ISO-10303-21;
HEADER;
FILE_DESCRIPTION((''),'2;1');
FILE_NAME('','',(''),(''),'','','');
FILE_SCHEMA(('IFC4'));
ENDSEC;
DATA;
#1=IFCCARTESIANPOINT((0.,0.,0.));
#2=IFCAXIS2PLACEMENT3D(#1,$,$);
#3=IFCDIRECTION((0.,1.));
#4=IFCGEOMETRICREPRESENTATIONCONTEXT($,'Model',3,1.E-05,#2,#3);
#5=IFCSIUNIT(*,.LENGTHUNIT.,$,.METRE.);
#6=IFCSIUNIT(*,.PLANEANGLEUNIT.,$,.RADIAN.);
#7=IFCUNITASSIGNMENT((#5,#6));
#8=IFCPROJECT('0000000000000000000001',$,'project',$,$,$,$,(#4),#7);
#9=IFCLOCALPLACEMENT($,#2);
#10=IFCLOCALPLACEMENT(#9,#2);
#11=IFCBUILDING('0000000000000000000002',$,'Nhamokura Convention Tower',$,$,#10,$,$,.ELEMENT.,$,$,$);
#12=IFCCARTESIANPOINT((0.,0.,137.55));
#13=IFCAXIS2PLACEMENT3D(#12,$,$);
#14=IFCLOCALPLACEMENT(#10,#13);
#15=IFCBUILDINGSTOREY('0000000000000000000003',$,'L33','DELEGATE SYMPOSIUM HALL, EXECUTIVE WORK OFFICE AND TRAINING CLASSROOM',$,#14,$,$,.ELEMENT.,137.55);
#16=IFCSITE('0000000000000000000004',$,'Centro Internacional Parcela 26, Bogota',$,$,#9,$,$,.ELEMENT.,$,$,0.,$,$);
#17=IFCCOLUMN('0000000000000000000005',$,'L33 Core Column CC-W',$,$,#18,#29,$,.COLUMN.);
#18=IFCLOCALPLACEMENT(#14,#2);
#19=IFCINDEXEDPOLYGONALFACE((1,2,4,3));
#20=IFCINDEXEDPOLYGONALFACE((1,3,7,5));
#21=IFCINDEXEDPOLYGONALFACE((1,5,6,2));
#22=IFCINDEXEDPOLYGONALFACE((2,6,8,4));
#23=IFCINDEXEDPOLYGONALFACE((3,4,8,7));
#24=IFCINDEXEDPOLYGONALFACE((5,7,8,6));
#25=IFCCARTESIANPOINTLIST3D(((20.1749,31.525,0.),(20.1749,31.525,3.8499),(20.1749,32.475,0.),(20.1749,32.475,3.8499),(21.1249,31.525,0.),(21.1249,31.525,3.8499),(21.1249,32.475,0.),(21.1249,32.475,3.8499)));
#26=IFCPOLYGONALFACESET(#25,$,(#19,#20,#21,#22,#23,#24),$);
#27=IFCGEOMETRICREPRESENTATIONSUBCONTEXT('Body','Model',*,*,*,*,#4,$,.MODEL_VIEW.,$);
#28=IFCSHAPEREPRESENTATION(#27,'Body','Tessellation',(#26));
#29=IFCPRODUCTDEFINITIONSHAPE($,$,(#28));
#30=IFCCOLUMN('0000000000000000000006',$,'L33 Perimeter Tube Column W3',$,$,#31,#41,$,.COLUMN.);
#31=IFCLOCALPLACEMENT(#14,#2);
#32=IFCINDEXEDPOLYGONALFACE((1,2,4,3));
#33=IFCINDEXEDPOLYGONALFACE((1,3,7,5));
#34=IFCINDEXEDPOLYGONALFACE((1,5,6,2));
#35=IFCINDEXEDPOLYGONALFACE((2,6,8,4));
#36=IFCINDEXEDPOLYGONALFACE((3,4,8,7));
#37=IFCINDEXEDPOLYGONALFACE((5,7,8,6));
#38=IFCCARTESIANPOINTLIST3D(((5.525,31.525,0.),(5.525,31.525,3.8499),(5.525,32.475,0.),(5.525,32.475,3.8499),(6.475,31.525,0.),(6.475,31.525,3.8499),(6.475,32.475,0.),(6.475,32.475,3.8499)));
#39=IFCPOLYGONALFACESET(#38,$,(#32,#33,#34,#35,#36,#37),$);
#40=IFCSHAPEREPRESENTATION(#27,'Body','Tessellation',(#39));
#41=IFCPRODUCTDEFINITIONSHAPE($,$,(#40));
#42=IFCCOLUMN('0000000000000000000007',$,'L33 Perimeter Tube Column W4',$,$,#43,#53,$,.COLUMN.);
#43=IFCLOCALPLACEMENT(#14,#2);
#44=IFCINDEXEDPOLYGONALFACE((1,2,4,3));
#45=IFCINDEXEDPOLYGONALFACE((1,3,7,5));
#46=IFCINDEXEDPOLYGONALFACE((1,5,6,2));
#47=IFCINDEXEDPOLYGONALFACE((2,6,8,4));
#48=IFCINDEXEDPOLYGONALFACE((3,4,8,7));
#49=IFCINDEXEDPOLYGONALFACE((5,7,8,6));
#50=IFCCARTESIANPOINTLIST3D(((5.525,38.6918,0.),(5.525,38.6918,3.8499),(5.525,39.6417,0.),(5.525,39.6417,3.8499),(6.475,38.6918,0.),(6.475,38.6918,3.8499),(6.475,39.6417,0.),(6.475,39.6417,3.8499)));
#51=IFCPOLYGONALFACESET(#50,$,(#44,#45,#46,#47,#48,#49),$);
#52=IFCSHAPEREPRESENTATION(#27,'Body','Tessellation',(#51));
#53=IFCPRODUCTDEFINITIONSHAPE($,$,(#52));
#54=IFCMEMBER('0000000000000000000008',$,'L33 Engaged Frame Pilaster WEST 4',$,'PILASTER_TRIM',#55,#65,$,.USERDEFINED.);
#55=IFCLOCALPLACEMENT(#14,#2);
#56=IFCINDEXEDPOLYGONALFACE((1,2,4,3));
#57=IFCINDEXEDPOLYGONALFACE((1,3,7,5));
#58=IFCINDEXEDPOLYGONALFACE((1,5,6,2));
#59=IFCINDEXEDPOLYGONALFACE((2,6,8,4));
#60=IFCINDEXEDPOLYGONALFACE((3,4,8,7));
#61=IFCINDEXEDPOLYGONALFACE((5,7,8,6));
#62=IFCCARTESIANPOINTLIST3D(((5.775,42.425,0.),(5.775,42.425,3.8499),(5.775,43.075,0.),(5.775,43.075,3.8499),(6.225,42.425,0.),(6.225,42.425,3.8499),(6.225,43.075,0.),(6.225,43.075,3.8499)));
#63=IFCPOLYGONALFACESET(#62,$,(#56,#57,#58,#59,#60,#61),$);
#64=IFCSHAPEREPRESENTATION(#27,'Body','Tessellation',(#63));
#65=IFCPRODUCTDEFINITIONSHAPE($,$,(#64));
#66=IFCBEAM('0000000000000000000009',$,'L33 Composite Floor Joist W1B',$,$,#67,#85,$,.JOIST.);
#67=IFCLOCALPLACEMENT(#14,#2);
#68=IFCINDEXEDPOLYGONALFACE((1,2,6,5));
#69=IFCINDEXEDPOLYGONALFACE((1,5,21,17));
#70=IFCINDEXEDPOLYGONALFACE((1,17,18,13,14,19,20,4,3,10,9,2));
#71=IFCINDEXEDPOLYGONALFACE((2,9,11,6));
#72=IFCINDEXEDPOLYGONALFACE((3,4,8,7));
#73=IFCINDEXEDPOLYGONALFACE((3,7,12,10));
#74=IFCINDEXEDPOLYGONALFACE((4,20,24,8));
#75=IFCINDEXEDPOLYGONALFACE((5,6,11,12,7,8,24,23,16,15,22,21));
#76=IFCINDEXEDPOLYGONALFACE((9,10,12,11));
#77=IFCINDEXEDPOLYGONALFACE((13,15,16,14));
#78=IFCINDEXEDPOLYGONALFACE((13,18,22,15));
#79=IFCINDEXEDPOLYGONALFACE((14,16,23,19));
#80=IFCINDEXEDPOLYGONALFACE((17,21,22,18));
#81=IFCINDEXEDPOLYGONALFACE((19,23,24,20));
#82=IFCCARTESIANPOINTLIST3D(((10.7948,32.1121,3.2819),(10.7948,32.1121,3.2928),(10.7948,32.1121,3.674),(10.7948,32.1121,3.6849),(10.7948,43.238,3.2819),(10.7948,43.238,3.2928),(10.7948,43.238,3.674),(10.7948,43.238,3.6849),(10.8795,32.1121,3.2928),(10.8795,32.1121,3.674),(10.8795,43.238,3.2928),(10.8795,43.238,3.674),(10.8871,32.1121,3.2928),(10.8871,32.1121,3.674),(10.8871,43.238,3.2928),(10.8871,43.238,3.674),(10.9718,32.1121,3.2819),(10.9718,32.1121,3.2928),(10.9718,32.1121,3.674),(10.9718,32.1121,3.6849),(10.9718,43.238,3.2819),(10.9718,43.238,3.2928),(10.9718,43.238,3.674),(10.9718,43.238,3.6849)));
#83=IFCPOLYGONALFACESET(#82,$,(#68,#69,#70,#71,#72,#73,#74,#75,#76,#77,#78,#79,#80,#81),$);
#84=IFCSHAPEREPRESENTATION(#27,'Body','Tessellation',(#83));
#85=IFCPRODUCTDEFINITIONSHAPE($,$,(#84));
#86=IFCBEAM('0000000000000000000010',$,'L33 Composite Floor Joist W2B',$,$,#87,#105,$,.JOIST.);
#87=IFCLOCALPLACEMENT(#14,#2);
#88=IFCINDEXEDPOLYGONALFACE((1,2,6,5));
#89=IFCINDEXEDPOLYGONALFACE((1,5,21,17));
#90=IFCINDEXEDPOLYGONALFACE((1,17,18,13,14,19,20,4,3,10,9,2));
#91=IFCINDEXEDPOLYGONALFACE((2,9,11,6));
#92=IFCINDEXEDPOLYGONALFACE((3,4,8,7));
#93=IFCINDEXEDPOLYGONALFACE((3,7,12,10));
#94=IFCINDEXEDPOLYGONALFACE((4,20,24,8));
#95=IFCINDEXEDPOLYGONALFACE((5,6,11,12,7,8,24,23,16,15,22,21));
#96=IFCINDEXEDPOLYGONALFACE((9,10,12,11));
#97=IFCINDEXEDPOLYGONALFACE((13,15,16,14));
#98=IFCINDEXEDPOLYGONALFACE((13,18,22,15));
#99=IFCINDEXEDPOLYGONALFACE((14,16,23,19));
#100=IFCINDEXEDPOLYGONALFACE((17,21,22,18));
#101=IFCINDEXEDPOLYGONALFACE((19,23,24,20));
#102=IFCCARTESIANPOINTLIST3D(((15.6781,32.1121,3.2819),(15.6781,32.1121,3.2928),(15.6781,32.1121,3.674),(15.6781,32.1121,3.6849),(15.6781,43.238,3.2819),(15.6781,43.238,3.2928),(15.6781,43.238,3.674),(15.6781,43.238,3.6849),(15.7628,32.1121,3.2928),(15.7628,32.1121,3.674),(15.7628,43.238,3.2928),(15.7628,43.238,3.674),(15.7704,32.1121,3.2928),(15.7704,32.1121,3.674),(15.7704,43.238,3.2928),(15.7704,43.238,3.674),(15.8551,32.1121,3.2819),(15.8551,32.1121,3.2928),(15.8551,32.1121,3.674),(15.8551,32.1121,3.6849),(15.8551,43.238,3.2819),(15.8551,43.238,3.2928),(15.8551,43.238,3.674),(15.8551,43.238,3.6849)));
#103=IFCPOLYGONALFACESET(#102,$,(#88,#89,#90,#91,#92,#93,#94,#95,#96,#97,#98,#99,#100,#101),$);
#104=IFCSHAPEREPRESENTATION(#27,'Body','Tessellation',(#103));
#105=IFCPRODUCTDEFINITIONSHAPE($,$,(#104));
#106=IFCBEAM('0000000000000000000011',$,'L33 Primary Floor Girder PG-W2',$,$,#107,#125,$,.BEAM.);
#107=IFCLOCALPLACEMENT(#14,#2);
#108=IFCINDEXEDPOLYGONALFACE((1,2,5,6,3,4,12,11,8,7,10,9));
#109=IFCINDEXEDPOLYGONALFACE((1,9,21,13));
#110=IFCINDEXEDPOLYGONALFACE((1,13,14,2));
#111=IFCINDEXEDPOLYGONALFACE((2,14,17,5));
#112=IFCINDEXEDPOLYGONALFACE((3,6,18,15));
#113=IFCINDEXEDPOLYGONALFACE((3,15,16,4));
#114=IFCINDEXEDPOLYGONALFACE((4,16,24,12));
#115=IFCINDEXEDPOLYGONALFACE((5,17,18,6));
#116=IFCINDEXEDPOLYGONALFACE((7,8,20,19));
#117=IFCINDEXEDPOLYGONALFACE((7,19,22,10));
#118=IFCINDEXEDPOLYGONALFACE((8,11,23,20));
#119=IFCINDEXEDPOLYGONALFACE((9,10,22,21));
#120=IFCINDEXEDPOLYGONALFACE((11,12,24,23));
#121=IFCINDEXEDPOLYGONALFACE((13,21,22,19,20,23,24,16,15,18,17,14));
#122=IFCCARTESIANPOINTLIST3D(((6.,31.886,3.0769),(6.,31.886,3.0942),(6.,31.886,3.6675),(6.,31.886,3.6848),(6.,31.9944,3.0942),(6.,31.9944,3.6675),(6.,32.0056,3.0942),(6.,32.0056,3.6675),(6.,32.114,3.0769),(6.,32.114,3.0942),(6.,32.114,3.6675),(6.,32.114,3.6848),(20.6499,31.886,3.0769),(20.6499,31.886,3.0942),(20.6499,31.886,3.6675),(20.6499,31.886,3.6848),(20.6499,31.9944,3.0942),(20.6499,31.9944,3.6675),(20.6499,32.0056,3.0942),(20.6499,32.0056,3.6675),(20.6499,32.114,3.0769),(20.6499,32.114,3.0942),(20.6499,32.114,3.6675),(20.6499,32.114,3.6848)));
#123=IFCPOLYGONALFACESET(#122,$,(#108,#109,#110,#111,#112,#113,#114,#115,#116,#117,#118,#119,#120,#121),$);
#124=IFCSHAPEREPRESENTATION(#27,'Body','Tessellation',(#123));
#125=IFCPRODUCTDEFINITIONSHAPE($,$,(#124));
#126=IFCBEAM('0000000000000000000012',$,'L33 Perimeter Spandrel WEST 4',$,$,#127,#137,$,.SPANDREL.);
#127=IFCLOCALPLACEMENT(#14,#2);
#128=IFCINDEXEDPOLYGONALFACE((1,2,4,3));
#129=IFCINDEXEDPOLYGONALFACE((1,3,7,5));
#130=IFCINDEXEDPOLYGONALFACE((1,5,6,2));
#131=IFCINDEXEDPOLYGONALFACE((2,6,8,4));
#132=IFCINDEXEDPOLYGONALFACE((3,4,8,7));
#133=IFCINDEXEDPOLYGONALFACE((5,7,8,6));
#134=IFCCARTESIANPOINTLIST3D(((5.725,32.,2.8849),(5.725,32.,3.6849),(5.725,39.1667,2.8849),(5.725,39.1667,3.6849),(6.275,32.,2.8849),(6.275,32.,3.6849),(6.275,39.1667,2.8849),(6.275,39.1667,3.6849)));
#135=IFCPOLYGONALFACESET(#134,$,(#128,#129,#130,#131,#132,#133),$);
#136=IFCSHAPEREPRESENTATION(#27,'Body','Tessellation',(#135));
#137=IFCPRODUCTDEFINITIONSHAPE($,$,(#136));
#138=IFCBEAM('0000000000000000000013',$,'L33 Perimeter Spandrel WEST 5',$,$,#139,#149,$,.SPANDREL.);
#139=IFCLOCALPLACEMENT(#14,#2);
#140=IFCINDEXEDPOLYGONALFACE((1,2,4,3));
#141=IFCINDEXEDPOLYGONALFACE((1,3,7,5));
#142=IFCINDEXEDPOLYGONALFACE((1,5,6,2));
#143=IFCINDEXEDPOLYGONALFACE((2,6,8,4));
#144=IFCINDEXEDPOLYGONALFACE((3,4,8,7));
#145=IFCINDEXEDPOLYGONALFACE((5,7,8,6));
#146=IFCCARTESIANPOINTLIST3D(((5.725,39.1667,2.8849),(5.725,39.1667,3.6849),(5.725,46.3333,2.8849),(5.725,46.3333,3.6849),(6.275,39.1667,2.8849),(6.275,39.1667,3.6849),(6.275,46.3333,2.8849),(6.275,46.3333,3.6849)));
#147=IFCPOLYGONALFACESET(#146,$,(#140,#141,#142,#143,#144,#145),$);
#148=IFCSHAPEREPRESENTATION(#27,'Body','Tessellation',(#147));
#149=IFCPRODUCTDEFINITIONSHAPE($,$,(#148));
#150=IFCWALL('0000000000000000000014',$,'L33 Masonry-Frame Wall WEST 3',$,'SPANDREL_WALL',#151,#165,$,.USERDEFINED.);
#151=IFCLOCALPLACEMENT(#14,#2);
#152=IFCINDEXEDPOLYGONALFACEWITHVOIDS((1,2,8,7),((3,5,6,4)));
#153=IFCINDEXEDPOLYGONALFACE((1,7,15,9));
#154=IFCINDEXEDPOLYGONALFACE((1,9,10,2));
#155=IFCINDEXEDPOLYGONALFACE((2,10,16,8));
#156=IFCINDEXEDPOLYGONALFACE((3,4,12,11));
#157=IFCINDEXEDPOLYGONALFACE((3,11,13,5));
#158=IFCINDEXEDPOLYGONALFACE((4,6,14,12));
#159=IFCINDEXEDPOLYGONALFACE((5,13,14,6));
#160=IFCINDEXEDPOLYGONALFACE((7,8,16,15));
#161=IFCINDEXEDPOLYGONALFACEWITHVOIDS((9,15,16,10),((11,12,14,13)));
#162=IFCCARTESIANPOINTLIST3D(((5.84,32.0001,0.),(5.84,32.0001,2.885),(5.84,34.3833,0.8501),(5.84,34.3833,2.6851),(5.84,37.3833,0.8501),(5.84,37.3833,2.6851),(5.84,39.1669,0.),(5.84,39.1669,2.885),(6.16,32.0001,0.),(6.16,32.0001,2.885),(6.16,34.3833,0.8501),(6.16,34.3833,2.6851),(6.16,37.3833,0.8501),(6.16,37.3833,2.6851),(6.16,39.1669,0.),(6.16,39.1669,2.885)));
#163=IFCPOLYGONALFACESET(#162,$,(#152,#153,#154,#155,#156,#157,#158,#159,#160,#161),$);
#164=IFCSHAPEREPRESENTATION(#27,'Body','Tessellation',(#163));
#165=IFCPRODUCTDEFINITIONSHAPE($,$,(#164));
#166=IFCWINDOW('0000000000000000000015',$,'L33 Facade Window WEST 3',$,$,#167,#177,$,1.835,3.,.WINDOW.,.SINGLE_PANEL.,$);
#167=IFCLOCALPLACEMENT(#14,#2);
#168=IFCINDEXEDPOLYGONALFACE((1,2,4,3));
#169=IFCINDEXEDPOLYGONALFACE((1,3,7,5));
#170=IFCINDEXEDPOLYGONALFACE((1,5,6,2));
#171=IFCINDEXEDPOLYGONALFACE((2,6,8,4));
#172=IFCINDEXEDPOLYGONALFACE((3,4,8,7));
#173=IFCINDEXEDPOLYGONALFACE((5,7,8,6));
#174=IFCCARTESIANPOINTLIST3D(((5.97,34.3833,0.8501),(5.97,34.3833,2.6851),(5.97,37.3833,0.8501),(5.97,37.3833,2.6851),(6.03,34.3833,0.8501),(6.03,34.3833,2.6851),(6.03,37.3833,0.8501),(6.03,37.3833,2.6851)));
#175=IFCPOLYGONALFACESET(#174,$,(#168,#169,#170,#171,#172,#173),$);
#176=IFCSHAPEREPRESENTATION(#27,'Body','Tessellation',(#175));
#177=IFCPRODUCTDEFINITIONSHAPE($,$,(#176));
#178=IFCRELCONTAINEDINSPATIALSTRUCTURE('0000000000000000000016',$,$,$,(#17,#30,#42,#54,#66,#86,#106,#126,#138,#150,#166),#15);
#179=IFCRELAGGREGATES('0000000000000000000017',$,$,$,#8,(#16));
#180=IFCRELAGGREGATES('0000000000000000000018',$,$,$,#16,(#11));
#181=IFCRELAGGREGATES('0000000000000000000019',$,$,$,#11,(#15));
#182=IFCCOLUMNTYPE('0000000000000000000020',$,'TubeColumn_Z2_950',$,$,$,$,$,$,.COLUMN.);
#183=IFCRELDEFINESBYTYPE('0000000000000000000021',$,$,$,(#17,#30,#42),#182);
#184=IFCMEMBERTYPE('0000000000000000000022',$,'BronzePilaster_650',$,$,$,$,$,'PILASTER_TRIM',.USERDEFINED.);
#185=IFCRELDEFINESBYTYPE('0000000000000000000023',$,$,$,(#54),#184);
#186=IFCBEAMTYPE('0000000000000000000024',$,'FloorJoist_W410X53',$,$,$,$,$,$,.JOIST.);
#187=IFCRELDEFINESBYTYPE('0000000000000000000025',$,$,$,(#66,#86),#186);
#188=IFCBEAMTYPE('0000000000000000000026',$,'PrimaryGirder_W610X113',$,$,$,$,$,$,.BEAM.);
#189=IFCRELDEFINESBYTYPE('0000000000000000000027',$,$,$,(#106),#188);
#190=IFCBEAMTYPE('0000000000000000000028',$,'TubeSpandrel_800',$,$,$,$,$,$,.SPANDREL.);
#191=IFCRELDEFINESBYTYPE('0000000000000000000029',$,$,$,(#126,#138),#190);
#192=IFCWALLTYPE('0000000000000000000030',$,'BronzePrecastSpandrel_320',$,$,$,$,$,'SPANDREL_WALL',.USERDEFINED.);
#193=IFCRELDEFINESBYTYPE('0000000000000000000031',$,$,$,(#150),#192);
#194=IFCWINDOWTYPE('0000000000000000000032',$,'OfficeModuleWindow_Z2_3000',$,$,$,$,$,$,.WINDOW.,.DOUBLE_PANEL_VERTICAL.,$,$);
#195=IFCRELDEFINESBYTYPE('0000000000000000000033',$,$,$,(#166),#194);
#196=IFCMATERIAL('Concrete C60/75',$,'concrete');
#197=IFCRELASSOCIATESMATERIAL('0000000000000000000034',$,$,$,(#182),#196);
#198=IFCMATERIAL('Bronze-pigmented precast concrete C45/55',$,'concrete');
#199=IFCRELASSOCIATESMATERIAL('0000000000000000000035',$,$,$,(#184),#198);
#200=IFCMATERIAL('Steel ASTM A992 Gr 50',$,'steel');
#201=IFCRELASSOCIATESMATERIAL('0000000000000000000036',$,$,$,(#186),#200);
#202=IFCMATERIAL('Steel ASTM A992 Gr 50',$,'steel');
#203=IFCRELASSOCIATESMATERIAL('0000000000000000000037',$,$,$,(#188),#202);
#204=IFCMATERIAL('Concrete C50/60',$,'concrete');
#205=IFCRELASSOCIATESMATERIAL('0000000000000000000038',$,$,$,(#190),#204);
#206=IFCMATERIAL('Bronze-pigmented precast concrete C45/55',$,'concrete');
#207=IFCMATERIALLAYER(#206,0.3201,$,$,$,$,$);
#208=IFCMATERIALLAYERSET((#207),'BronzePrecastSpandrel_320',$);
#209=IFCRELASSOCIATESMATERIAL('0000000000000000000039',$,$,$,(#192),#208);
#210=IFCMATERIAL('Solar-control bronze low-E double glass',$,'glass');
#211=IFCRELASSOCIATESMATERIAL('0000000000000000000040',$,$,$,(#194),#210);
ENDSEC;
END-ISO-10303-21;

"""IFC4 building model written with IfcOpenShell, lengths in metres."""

from ifc_helpers import new_model, si_unit, direction, frame, frame_2d, origin, origin_2d, place, context, subcontext, project, spatial, rectangle, i_section, extrude, material, layer, layer_set, material_profile, profile_set, type_object, element, fill, save


model = new_model("IFC4")

# Units and contexts
model_context = context("Model", 3, precision=1e-05, world=origin(), true_north=direction((0.0, 1.0)))
body_context = subcontext(model_context, "Body", "Model", "MODEL_VIEW")
ifc_project = project(units=[si_unit("LENGTHUNIT", "METRE"), si_unit("PLANEANGLEUNIT", "RADIAN")], contexts=[model_context])

# Site, building, storey
site_placement = place(None, origin())
site = spatial("IfcSite", under=ifc_project, at=site_placement, Name="Centro Internacional Parcela 26, Bogota", CompositionType="ELEMENT", RefElevation=0.0)
building_placement = place(site_placement, origin())
building = spatial("IfcBuilding", under=site, at=building_placement, Name="Nhamokura Convention Tower", CompositionType="ELEMENT")
storey_placement = place(building_placement, frame((0.0, 0.0, 137.55)))
storey = spatial("IfcBuildingStorey", under=building, at=storey_placement, Name="L33", Description="DELEGATE SYMPOSIUM HALL, EXECUTIVE WORK OFFICE AND TRAINING CLASSROOM", CompositionType="ELEMENT", Elevation=137.55)

# Columns
ifc_material_1 = material(Name="Concrete C60/75", Category="concrete")
ifc_material_profile_1 = material_profile(ifc_material_1, rectangle(XDim=0.95, YDim=0.95, at=origin_2d()))
ifc_profile_set_1 = profile_set([ifc_material_profile_1], Name="Concrete C60/75")
column_type = type_object("IfcColumnType", Name="TubeColumn_Z2_950", PredefinedType="COLUMN", material=ifc_profile_set_1)
for number, where, z_axis, x_axis, name in (
    (1, (20.6499, 32.0, 0.0), (0.0, 0.0, 1.0), (1.0, 0.0, 0.0), "L33 Core Column CC-W"),
    (2, (6.0, 32.0, 0.0), (0.0, 0.0, 1.0), (1.0, 0.0, 0.0), "L33 Perimeter Tube Column W3"),
    (3, (6.0, 39.1667, 0.0), (0.0, 0.0, 1.0), (1.0, 0.0, 0.0), "L33 Perimeter Tube Column W4"),
):
    element("IfcColumn", number, at=place(storey_placement, frame(where, z_axis=z_axis, x_axis=x_axis)), inside=storey, type_object=column_type, Name=name, PredefinedType="COLUMN", context=body_context, shape_type="SweptSolid", body=[
        extrude(rectangle(XDim=0.95, YDim=0.95, at=origin_2d()), origin(), (0.0, 0.0, 1.0), 3.8499),
    ])

# Member
ifc_material_2 = material(Name="Bronze-pigmented precast concrete C45/55", Category="concrete")
ifc_material_profile_2 = material_profile(ifc_material_2, rectangle(XDim=0.45, YDim=0.6499, at=origin_2d()))
ifc_profile_set_2 = profile_set([ifc_material_profile_2], Name="Bronze-pigmented precast concrete C45/55")
member_type = type_object("IfcMemberType", Name="BronzePilaster_650", ElementType="PILASTER_TRIM", PredefinedType="USERDEFINED", material=ifc_profile_set_2)
member_placement = place(storey_placement, frame((6.0, 42.75, 0.0), z_axis=(0.0, 0.0, 1.0), x_axis=(1.0, 0.0, 0.0)))
element("IfcMember", 4, at=member_placement, inside=storey, type_object=member_type, Name="L33 Engaged Frame Pilaster WEST 4", ObjectType="PILASTER_TRIM", PredefinedType="USERDEFINED", context=body_context, shape_type="SweptSolid", body=[
    extrude(rectangle(XDim=0.45, YDim=0.6499, at=origin_2d()), origin(), (0.0, 0.0, 1.0), 3.8499),
])

# Beams
ifc_material_3 = material(Name="Steel ASTM A992 Gr 50", Category="steel")
ifc_material_profile_3 = material_profile(ifc_material_3, i_section(OverallWidth=0.177, OverallDepth=0.4031, WebThickness=0.0076, FlangeThickness=0.011, at=origin_2d()))
ifc_profile_set_3 = profile_set([ifc_material_profile_3], Name="Steel ASTM A992 Gr 50")
beam_type_1 = type_object("IfcBeamType", Name="FloorJoist_W410X53", PredefinedType="JOIST", material=ifc_profile_set_3)
for number, where, z_axis, x_axis, name in (
    (5, (10.8833, 32.1121, 3.4834), (0.0, 1.0, 0.0), (-1.0, 0.0, 0.0), "L33 Composite Floor Joist W1B"),
    (6, (15.7666, 32.1121, 3.4834), (0.0, 1.0, 0.0), (-1.0, 0.0, 0.0), "L33 Composite Floor Joist W2B"),
):
    element("IfcBeam", number, at=place(storey_placement, frame(where, z_axis=z_axis, x_axis=x_axis)), inside=storey, type_object=beam_type_1, Name=name, PredefinedType="JOIST", context=body_context, shape_type="SweptSolid", body=[
        extrude(i_section(OverallWidth=0.177, OverallDepth=0.4031, WebThickness=0.0076, FlangeThickness=0.011, at=origin_2d()), origin(), (0.0, 0.0, 1.0), 11.126),
    ])
ifc_material_4 = material(Name="Steel ASTM A992 Gr 50", Category="steel")
ifc_material_profile_4 = material_profile(ifc_material_4, i_section(OverallWidth=0.228, OverallDepth=0.6079, WebThickness=0.0112, FlangeThickness=0.0173, at=origin_2d()))
ifc_profile_set_4 = profile_set([ifc_material_profile_4], Name="Steel ASTM A992 Gr 50")
beam_type_2 = type_object("IfcBeamType", Name="PrimaryGirder_W610X113", PredefinedType="BEAM", material=ifc_profile_set_4)
beam_1_placement = place(storey_placement, frame((6.0, 32.0, 3.3809), z_axis=(1.0, 0.0, 0.0), x_axis=(0.0, 1.0, 0.0)))
element("IfcBeam", 7, at=beam_1_placement, inside=storey, type_object=beam_type_2, Name="L33 Primary Floor Girder PG-W2", PredefinedType="BEAM", context=body_context, shape_type="SweptSolid", body=[
    extrude(i_section(OverallWidth=0.228, OverallDepth=0.6079, WebThickness=0.0112, FlangeThickness=0.0173, at=origin_2d()), origin(), (0.0, 0.0, 1.0), 14.6499),
])
ifc_material_5 = material(Name="Concrete C50/60", Category="concrete")
ifc_material_profile_5 = material_profile(ifc_material_5, rectangle(XDim=0.55, YDim=0.8, at=origin_2d()))
ifc_profile_set_5 = profile_set([ifc_material_profile_5], Name="Concrete C50/60")
beam_type_3 = type_object("IfcBeamType", Name="TubeSpandrel_800", PredefinedType="SPANDREL", material=ifc_profile_set_5)
beam_2_placement = place(storey_placement, frame((6.0, 32.0, 3.2849), z_axis=(0.0, 1.0, 0.0), x_axis=(-1.0, 0.0, 0.0)))
element("IfcBeam", 8, at=beam_2_placement, inside=storey, type_object=beam_type_3, Name="L33 Perimeter Spandrel WEST 4", PredefinedType="SPANDREL", context=body_context, shape_type="SweptSolid", body=[
    extrude(rectangle(XDim=0.55, YDim=0.8, at=origin_2d()), origin(), (0.0, 0.0, 1.0), 7.1667),
])
beam_3_placement = place(storey_placement, frame((6.0, 39.1667, 3.2849), z_axis=(0.0, 1.0, 0.0), x_axis=(-1.0, 0.0, 0.0)))
element("IfcBeam", 9, at=beam_3_placement, inside=storey, type_object=beam_type_3, Name="L33 Perimeter Spandrel WEST 5", PredefinedType="SPANDREL", context=body_context, shape_type="SweptSolid", body=[
    extrude(rectangle(XDim=0.55, YDim=0.8, at=origin_2d()), origin(), (0.0, 0.0, 1.0), 7.1665),
])

# Wall, opening, window
ifc_material_6 = material(Name="Bronze-pigmented precast concrete C45/55", Category="concrete")
ifc_layer_1 = layer(ifc_material_6, 0.3201)
ifc_layer_set_1 = layer_set([ifc_layer_1], Name="BronzePrecastSpandrel_320")
wall_type_1 = type_object("IfcWallType", Name="BronzePrecastSpandrel_320", ElementType="SPANDREL_WALL", PredefinedType="USERDEFINED", material=ifc_layer_set_1)
wall_1_placement = place(storey_placement, frame((6.0, 32.0, 0.0), z_axis=(0.0, 0.0, 1.0), x_axis=(0.0, 1.0, 0.0)))
wall_1 = element("IfcWall", 10, at=wall_1_placement, inside=storey, type_object=wall_type_1, Name="L33 Masonry-Frame Wall WEST 3", ObjectType="SPANDREL_WALL", PredefinedType="USERDEFINED", context=body_context, shape_type="SweptSolid", body=[
    extrude(rectangle(XDim=7.1667, YDim=0.3201, at=frame_2d((3.5835, 0.0))), origin(), (0.0, 0.0, 1.0), 2.885),
])
opening_1_placement = place(wall_1_placement, frame((2.3833, 0.0, 0.8501)))
opening_1 = element("IfcOpeningElement", 11, at=opening_1_placement, cuts=wall_1, PredefinedType="OPENING", context=body_context, shape_type="SweptSolid", body=[
    extrude(rectangle(XDim=3.0, YDim=1.835, at=frame_2d((1.5, 0.9175))), frame((0.0, 0.1699, 0.0), z_axis=(0.0, -1.0, 0.0), x_axis=(1.0, 0.0, 0.0)), (0.0, 0.0, 1.0), 0.3401),
])
ifc_material_7 = material(Name="Solar-control bronze low-E double glass", Category="glass")
window_type_1 = type_object("IfcWindowType", Name="OfficeModuleWindow_Z2_3000", PartitioningType="DOUBLE_PANEL_VERTICAL", PredefinedType="WINDOW", material=ifc_material_7)
window_1_placement = place(opening_1_placement, origin())
window_1 = element("IfcWindow", 12, at=window_1_placement, inside=storey, type_object=window_type_1, Name="L33 Facade Window WEST 3", OverallHeight=1.835, OverallWidth=3.0, PartitioningType="SINGLE_PANEL", PredefinedType="WINDOW", context=body_context, shape_type="SweptSolid", body=[
    extrude(rectangle(XDim=3.0, YDim=1.835, at=frame_2d((1.5, 0.9175))), frame((0.0, 0.03, 0.0), z_axis=(0.0, -1.0, 0.0), x_axis=(1.0, 0.0, 0.0)), (0.0, 0.0, 1.0), 0.0601),
])
fill(opening_1, window_1)

save(model, "model.ifc")
